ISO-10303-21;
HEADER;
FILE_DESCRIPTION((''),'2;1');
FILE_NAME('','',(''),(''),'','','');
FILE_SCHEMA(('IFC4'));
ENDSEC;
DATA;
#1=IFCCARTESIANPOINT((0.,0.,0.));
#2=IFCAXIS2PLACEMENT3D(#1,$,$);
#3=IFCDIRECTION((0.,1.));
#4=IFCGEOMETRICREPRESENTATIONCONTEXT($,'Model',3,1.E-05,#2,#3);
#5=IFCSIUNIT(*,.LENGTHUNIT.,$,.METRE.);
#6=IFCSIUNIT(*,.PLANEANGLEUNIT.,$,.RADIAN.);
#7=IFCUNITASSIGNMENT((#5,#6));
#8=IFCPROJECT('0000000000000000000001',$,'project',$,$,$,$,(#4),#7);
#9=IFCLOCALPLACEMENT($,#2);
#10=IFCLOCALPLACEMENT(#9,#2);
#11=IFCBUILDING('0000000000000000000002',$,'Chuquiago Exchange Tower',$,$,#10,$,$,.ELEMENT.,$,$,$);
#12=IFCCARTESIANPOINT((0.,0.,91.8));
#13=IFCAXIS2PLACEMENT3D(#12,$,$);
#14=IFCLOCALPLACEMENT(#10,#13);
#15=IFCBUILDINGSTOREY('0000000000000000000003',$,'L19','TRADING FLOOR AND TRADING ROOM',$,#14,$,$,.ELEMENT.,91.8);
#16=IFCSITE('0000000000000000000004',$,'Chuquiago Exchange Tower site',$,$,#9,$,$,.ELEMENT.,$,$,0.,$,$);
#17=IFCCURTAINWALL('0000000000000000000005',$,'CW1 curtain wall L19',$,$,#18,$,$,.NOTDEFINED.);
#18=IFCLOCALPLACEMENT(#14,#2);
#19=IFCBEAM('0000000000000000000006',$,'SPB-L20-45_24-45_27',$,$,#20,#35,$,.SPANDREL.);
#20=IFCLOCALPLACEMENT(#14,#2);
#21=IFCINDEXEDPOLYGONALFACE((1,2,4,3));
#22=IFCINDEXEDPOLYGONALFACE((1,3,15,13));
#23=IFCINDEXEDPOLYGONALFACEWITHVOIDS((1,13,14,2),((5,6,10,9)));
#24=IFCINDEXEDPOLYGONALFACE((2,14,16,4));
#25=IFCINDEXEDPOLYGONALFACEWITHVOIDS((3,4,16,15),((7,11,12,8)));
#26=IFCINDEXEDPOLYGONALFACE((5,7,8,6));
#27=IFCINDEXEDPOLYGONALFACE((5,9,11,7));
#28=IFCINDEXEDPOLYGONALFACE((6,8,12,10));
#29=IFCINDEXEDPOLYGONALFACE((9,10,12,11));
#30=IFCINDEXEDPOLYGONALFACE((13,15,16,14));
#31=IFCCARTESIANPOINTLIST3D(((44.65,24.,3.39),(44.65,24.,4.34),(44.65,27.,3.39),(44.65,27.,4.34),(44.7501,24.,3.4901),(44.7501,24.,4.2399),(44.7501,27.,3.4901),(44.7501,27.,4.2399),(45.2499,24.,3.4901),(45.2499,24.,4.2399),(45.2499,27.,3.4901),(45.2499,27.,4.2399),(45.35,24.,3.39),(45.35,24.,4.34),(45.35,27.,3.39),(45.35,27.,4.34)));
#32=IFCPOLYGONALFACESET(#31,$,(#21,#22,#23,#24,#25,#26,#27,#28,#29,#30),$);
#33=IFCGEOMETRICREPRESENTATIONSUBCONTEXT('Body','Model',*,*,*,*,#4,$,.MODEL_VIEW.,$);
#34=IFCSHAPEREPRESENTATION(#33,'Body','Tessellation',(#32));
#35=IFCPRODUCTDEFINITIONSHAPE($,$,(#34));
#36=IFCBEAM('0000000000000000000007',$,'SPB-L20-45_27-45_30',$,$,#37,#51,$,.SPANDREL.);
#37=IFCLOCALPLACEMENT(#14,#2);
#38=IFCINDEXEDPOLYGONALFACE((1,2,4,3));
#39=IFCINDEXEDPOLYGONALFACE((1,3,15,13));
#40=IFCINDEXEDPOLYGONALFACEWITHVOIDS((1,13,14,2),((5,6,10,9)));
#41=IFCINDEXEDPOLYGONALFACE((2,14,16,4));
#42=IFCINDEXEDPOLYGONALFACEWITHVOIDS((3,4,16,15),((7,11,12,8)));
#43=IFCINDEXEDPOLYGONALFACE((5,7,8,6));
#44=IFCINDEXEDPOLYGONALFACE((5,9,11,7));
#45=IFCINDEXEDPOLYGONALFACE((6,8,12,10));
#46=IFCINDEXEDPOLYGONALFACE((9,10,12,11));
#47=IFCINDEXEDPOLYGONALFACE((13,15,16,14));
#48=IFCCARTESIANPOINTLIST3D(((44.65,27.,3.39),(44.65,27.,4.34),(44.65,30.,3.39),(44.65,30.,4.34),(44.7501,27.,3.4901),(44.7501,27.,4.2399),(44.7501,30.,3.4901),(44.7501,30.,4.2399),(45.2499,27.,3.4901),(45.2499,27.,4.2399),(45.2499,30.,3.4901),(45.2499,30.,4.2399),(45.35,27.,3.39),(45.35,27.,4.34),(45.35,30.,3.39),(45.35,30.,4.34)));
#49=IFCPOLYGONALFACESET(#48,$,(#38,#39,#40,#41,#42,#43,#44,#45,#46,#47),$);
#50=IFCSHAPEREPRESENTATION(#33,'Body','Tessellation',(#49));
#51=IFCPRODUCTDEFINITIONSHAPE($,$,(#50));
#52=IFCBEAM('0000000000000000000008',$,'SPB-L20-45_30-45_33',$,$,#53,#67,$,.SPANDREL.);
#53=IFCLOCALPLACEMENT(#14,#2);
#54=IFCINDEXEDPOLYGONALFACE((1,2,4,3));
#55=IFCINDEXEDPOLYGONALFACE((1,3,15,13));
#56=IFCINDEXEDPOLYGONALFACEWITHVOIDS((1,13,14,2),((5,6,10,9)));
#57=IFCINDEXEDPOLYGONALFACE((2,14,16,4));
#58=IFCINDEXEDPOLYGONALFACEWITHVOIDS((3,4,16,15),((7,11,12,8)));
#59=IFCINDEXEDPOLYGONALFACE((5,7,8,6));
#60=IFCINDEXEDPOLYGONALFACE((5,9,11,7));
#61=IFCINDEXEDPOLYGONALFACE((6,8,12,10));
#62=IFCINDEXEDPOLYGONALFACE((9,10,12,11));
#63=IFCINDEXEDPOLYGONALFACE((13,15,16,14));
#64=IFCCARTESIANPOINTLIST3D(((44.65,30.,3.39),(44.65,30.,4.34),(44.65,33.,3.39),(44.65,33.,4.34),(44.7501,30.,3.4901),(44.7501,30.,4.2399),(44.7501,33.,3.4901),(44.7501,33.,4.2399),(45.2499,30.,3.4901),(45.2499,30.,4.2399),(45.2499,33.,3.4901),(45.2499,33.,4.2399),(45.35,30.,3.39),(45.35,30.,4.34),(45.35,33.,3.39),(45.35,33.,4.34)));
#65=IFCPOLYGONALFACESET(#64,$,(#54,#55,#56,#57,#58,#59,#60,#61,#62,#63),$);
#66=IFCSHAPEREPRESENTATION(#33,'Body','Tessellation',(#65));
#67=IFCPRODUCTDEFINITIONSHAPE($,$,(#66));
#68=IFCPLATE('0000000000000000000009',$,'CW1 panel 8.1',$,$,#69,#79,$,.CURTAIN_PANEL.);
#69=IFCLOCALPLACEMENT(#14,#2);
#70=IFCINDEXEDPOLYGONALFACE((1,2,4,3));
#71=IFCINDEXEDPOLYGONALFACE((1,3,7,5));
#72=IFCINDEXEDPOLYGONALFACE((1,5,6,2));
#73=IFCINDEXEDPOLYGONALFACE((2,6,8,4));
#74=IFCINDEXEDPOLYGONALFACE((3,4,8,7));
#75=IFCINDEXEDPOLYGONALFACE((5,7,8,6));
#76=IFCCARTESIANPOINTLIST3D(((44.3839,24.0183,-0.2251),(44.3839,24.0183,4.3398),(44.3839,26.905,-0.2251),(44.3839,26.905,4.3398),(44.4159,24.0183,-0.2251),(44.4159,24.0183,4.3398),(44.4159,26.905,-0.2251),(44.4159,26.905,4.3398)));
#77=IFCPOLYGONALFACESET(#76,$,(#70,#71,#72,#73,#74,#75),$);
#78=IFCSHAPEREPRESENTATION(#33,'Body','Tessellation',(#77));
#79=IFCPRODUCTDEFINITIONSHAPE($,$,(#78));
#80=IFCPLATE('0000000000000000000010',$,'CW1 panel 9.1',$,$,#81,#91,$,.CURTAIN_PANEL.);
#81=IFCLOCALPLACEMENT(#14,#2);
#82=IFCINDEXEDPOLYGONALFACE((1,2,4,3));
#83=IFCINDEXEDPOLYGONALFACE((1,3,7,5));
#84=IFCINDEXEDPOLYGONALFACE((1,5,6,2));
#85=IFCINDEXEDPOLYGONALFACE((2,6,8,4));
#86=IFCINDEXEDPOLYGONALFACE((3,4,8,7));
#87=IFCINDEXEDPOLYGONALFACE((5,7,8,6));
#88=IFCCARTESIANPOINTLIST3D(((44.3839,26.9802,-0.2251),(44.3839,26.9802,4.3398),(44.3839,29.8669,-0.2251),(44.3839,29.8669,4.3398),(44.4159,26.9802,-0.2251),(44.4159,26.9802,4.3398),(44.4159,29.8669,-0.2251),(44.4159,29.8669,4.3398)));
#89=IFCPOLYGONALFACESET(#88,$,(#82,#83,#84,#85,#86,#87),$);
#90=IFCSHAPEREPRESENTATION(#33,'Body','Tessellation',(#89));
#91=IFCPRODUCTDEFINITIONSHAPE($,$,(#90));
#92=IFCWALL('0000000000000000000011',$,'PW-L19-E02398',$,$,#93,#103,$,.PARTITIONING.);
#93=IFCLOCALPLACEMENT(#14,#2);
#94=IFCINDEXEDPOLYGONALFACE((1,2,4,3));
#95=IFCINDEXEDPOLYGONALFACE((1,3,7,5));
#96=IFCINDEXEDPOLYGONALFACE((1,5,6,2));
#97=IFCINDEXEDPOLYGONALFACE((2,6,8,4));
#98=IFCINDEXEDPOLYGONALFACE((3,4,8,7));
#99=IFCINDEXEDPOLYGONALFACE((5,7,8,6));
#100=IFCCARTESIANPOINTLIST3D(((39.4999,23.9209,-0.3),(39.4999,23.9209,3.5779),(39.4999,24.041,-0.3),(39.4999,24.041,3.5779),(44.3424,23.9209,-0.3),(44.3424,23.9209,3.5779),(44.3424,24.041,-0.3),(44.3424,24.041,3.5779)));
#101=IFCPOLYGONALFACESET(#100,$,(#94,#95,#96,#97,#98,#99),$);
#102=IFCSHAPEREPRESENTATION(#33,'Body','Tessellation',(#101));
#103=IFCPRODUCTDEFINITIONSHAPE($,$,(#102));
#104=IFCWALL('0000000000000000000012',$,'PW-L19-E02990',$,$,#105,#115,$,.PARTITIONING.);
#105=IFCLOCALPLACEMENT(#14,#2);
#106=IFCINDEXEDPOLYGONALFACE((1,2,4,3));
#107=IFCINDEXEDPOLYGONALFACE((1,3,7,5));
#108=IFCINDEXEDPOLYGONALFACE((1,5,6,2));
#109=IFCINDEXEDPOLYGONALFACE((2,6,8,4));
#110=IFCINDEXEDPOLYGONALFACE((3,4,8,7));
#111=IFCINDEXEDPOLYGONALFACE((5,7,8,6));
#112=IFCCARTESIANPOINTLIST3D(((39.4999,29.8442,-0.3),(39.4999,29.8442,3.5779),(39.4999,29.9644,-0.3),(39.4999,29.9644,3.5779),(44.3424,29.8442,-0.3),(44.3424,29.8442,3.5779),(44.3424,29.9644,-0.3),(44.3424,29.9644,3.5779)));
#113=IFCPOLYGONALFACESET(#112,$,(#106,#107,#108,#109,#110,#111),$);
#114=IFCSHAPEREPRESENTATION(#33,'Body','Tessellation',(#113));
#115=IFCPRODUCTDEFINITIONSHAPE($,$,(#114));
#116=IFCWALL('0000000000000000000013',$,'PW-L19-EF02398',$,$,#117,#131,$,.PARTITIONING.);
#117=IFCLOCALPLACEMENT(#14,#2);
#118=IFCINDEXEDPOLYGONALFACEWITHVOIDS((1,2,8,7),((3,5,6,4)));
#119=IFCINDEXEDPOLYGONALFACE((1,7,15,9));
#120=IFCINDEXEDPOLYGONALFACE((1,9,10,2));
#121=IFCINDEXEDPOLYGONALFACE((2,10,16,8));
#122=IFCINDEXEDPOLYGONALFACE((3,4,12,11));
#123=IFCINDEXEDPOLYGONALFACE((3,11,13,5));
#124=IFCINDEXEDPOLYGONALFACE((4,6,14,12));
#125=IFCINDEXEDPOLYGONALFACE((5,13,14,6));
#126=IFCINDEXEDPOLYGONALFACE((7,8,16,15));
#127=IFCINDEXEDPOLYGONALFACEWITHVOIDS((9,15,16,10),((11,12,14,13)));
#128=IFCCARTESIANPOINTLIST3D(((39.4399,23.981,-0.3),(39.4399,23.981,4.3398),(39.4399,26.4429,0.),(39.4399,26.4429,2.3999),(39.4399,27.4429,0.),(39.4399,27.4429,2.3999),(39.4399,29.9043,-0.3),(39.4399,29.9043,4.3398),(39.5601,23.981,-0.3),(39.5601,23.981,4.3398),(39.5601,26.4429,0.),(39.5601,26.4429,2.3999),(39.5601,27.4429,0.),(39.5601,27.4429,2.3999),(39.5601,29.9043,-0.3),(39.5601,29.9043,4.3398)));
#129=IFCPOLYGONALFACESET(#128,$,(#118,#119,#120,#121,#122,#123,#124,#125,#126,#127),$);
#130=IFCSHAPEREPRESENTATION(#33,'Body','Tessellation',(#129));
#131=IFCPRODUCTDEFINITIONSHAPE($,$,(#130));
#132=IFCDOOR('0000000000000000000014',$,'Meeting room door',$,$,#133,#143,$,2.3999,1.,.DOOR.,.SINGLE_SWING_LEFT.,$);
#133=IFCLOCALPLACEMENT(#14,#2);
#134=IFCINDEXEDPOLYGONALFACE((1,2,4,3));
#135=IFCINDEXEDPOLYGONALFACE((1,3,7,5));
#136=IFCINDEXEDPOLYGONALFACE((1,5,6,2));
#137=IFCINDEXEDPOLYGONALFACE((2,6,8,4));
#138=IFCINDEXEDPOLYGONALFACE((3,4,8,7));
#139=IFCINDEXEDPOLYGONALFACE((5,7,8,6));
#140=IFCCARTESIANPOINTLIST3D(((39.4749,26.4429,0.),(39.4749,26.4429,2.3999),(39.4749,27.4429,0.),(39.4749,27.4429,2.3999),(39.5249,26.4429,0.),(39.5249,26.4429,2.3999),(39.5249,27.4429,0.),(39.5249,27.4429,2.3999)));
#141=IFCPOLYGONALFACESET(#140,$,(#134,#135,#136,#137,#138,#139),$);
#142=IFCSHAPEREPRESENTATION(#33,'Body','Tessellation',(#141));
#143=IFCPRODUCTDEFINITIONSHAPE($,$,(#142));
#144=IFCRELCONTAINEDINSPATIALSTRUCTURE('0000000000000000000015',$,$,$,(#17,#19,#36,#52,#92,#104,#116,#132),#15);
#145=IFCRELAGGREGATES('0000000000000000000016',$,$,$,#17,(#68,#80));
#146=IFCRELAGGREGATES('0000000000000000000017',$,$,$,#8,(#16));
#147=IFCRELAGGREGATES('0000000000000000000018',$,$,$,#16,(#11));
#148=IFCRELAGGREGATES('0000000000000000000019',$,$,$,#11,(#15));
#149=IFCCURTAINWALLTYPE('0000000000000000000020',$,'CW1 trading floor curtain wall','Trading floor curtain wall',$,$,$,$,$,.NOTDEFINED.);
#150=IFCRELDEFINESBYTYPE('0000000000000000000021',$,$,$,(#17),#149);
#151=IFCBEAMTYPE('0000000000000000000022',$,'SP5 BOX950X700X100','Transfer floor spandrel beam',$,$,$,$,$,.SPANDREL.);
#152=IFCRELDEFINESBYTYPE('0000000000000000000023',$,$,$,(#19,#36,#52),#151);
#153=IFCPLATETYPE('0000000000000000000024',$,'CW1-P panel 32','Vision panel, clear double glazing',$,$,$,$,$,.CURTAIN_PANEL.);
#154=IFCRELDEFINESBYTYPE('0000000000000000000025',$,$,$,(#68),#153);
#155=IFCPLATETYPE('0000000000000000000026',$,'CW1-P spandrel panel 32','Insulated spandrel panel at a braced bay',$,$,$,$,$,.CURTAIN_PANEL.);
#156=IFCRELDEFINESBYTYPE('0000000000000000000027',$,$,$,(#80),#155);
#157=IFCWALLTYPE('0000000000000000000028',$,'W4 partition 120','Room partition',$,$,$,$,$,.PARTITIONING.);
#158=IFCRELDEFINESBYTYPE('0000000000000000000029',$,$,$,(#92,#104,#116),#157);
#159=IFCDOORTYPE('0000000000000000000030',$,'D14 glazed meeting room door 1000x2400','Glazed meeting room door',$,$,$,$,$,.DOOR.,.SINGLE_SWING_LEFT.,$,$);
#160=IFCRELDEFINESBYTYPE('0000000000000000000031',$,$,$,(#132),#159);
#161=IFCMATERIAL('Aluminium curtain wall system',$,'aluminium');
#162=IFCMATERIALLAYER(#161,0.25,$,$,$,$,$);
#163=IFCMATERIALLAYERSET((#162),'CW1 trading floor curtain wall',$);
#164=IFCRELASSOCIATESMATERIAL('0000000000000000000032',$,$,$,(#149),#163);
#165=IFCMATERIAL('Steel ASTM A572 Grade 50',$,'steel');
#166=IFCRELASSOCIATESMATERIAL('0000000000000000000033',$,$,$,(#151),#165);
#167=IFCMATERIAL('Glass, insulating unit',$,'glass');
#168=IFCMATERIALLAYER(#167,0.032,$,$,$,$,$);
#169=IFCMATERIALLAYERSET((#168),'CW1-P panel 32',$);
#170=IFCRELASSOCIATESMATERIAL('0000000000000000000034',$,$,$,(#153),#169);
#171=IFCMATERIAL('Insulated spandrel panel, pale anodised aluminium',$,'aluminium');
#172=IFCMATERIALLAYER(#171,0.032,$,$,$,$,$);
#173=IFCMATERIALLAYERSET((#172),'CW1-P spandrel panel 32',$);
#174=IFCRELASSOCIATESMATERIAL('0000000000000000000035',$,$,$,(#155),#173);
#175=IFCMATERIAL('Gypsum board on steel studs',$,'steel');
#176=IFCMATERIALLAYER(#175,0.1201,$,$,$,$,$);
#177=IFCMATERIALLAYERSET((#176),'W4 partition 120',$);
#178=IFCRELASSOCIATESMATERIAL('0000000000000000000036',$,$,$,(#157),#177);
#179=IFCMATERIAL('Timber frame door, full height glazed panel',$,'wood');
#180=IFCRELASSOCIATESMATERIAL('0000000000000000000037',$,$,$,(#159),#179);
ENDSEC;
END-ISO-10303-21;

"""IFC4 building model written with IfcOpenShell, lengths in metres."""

from ifc_helpers import new_model, si_unit, direction, frame, frame_2d, origin, origin_2d, place, context, subcontext, project, spatial, rectangle, hollow_rectangle, extrude, material, layer, layer_set, material_profile, profile_set, type_object, element, fill, aggregate, save


model = new_model("IFC4")

# Units and contexts
model_context = context("Model", 3, precision=1e-05, world=origin(), true_north=direction((0.0, 1.0)))
body_context = subcontext(model_context, "Body", "Model", "MODEL_VIEW")
ifc_project = project(units=[si_unit("LENGTHUNIT", "METRE"), si_unit("PLANEANGLEUNIT", "RADIAN")], contexts=[model_context])

# Site, building, storey
site_placement = place(None, origin())
site = spatial("IfcSite", under=ifc_project, at=site_placement, Name="Chuquiago Exchange Tower site", CompositionType="ELEMENT", RefElevation=0.0)
building_placement = place(site_placement, origin())
building = spatial("IfcBuilding", under=site, at=building_placement, Name="Chuquiago Exchange Tower", CompositionType="ELEMENT")
storey_placement = place(building_placement, frame((0.0, 0.0, 91.8)))
storey = spatial("IfcBuildingStorey", under=building, at=storey_placement, Name="L19", Description="TRADING FLOOR AND TRADING ROOM", CompositionType="ELEMENT", Elevation=91.8)

# Curtain wall
ifc_material_1 = material(Name="Aluminium curtain wall system", Category="aluminium")
ifc_layer_1 = layer(ifc_material_1, 0.25)
ifc_layer_set_1 = layer_set([ifc_layer_1], Name="CW1 trading floor curtain wall")
curtain_wall_type = type_object("IfcCurtainWallType", Name="CW1 trading floor curtain wall", Description="Trading floor curtain wall", PredefinedType="NOTDEFINED", material=ifc_layer_set_1)
curtain_wall_placement = place(storey_placement, origin())
curtain_wall = element("IfcCurtainWall", 1, at=curtain_wall_placement, inside=storey, type_object=curtain_wall_type, Name="CW1 curtain wall L19", PredefinedType="NOTDEFINED")

# Beams
ifc_material_2 = material(Name="Steel ASTM A572 Grade 50", Category="steel")
ifc_material_profile_1 = material_profile(ifc_material_2, hollow_rectangle(XDim=0.7, YDim=0.95, WallThickness=0.1001, at=origin_2d()), Name="BOX950X700X100")
ifc_profile_set_1 = profile_set([ifc_material_profile_1], Name="Steel ASTM A572 Grade 50")
beam_type_1 = type_object("IfcBeamType", Name="SP5 BOX950X700X100", Description="Transfer floor spandrel beam", PredefinedType="SPANDREL", material=ifc_profile_set_1)
for number, where, z_axis, x_axis, name in (
    (2, (45.0, 24.0, 3.865), (0.0, 1.0, 0.0), (-1.0, 0.0, 0.0), "SPB-L20-45_24-45_27"),
    (3, (45.0, 27.0, 3.865), (0.0, 1.0, 0.0), (-1.0, 0.0, 0.0), "SPB-L20-45_27-45_30"),
    (4, (45.0, 30.0, 3.865), (0.0, 1.0, 0.0), (-1.0, 0.0, 0.0), "SPB-L20-45_30-45_33"),
):
    element("IfcBeam", number, at=place(storey_placement, frame(where, z_axis=z_axis, x_axis=x_axis)), inside=storey, type_object=beam_type_1, Name=name, PredefinedType="SPANDREL", context=body_context, shape_type="SweptSolid", body=[
        extrude(hollow_rectangle(XDim=0.7, YDim=0.95, WallThickness=0.1001, at=origin_2d()), origin(), (0.0, 0.0, 1.0), 3.0),
    ])

# Plates
ifc_material_3 = material(Name="Glass, insulating unit", Category="glass")
ifc_layer_2 = layer(ifc_material_3, 0.032)
ifc_layer_set_2 = layer_set([ifc_layer_2], Name="CW1-P panel 32")
plate_type_1 = type_object("IfcPlateType", Name="CW1-P panel 32", Description="Vision panel, clear double glazing", PredefinedType="CURTAIN_PANEL", material=ifc_layer_set_2)
plate_1_placement = place(storey_placement, frame((44.3999, 25.4617, -0.2251), z_axis=(0.0, 0.0, 1.0), x_axis=(0.0, 1.0, 0.0)))
plate_1 = element("IfcPlate", 5, at=plate_1_placement, type_object=plate_type_1, Name="CW1 panel 8.1", PredefinedType="CURTAIN_PANEL", context=body_context, shape_type="SweptSolid", body=[
    extrude(rectangle(XDim=2.8867, YDim=0.032, at=origin_2d()), origin(), (0.0, 0.0, 1.0), 4.5649),
])
ifc_material_4 = material(Name="Insulated spandrel panel, pale anodised aluminium", Category="aluminium")
ifc_layer_3 = layer(ifc_material_4, 0.032)
ifc_layer_set_3 = layer_set([ifc_layer_3], Name="CW1-P spandrel panel 32")
plate_type_2 = type_object("IfcPlateType", Name="CW1-P spandrel panel 32", Description="Insulated spandrel panel at a braced bay", PredefinedType="CURTAIN_PANEL", material=ifc_layer_set_3)
plate_2_placement = place(storey_placement, frame((44.3999, 28.4236, -0.2251), z_axis=(0.0, 0.0, 1.0), x_axis=(0.0, 1.0, 0.0)))
plate_2 = element("IfcPlate", 6, at=plate_2_placement, type_object=plate_type_2, Name="CW1 panel 9.1", PredefinedType="CURTAIN_PANEL", context=body_context, shape_type="SweptSolid", body=[
    extrude(rectangle(XDim=2.8867, YDim=0.032, at=origin_2d()), origin(), (0.0, 0.0, 1.0), 4.5649),
])
aggregate(curtain_wall, [plate_1, plate_2])

# Walls
ifc_material_5 = material(Name="Gypsum board on steel studs", Category="steel")
ifc_layer_4 = layer(ifc_material_5, 0.1201)
ifc_layer_set_4 = layer_set([ifc_layer_4], Name="W4 partition 120")
wall_type = type_object("IfcWallType", Name="W4 partition 120", Description="Room partition", PredefinedType="PARTITIONING", material=ifc_layer_set_4)
for number, where, z_axis, x_axis, name in (
    (7, (44.3425, 23.981, -0.3), (0.0, 0.0, 1.0), (-1.0, 0.0, 0.0), "PW-L19-E02398"),
    (8, (44.3425, 29.9043, -0.3), (0.0, 0.0, 1.0), (-1.0, 0.0, 0.0), "PW-L19-E02990"),
):
    element("IfcWall", number, at=place(storey_placement, frame(where, z_axis=z_axis, x_axis=x_axis)), inside=storey, type_object=wall_type, Name=name, PredefinedType="PARTITIONING", context=body_context, shape_type="SweptSolid", body=[
        extrude(rectangle(XDim=4.8425, YDim=0.1201, at=frame_2d((2.4214, 0.0))), origin(), (0.0, 0.0, 1.0), 3.8779),
    ])

# Wall, opening, door
wall_placement = place(storey_placement, frame((39.5, 23.981, -0.3), z_axis=(0.0, 0.0, 1.0), x_axis=(0.0, 1.0, 0.0)))
wall = element("IfcWall", 9, at=wall_placement, inside=storey, type_object=wall_type, Name="PW-L19-EF02398", PredefinedType="PARTITIONING", context=body_context, shape_type="SweptSolid", body=[
    extrude(rectangle(XDim=5.9233, YDim=0.1201, at=frame_2d((2.9617, 0.0))), origin(), (0.0, 0.0, 1.0), 4.6399),
])
opening_placement = place(wall_placement, frame((2.4619, 0.0, 0.3)))
opening = element("IfcOpeningElement", 10, at=opening_placement, cuts=wall, PredefinedType="OPENING", context=body_context, shape_type="SweptSolid", body=[
    extrude(rectangle(XDim=1.0, YDim=2.3999, at=frame_2d((0.5, 1.2))), frame((0.0, 0.0701, 0.0), z_axis=(0.0, -1.0, 0.0), x_axis=(1.0, 0.0, 0.0)), (0.0, 0.0, 1.0), 0.1401),
])
ifc_material_6 = material(Name="Timber frame door, full height glazed panel", Category="wood")
door_type = type_object("IfcDoorType", Name="D14 glazed meeting room door 1000x2400", Description="Glazed meeting room door", OperationType="SINGLE_SWING_LEFT", PredefinedType="DOOR", material=ifc_material_6)
door_placement = place(opening_placement, frame((1.0, 0.0, 0.0), z_axis=(0.0, 0.0, 1.0), x_axis=(-1.0, 0.0, 0.0)))
door = element("IfcDoor", 11, at=door_placement, inside=storey, type_object=door_type, Name="Meeting room door", OperationType="SINGLE_SWING_LEFT", OverallHeight=2.3999, OverallWidth=1.0, PredefinedType="DOOR", context=body_context, shape_type="SweptSolid", body=[
    extrude(rectangle(XDim=1.0, YDim=2.3999, at=frame_2d((0.5, 1.2))), frame((0.0, 0.0249, 0.0), z_axis=(0.0, -1.0, 0.0), x_axis=(1.0, 0.0, 0.0)), (0.0, 0.0, 1.0), 0.05),
])
fill(opening, door)

save(model, "model.ifc")
